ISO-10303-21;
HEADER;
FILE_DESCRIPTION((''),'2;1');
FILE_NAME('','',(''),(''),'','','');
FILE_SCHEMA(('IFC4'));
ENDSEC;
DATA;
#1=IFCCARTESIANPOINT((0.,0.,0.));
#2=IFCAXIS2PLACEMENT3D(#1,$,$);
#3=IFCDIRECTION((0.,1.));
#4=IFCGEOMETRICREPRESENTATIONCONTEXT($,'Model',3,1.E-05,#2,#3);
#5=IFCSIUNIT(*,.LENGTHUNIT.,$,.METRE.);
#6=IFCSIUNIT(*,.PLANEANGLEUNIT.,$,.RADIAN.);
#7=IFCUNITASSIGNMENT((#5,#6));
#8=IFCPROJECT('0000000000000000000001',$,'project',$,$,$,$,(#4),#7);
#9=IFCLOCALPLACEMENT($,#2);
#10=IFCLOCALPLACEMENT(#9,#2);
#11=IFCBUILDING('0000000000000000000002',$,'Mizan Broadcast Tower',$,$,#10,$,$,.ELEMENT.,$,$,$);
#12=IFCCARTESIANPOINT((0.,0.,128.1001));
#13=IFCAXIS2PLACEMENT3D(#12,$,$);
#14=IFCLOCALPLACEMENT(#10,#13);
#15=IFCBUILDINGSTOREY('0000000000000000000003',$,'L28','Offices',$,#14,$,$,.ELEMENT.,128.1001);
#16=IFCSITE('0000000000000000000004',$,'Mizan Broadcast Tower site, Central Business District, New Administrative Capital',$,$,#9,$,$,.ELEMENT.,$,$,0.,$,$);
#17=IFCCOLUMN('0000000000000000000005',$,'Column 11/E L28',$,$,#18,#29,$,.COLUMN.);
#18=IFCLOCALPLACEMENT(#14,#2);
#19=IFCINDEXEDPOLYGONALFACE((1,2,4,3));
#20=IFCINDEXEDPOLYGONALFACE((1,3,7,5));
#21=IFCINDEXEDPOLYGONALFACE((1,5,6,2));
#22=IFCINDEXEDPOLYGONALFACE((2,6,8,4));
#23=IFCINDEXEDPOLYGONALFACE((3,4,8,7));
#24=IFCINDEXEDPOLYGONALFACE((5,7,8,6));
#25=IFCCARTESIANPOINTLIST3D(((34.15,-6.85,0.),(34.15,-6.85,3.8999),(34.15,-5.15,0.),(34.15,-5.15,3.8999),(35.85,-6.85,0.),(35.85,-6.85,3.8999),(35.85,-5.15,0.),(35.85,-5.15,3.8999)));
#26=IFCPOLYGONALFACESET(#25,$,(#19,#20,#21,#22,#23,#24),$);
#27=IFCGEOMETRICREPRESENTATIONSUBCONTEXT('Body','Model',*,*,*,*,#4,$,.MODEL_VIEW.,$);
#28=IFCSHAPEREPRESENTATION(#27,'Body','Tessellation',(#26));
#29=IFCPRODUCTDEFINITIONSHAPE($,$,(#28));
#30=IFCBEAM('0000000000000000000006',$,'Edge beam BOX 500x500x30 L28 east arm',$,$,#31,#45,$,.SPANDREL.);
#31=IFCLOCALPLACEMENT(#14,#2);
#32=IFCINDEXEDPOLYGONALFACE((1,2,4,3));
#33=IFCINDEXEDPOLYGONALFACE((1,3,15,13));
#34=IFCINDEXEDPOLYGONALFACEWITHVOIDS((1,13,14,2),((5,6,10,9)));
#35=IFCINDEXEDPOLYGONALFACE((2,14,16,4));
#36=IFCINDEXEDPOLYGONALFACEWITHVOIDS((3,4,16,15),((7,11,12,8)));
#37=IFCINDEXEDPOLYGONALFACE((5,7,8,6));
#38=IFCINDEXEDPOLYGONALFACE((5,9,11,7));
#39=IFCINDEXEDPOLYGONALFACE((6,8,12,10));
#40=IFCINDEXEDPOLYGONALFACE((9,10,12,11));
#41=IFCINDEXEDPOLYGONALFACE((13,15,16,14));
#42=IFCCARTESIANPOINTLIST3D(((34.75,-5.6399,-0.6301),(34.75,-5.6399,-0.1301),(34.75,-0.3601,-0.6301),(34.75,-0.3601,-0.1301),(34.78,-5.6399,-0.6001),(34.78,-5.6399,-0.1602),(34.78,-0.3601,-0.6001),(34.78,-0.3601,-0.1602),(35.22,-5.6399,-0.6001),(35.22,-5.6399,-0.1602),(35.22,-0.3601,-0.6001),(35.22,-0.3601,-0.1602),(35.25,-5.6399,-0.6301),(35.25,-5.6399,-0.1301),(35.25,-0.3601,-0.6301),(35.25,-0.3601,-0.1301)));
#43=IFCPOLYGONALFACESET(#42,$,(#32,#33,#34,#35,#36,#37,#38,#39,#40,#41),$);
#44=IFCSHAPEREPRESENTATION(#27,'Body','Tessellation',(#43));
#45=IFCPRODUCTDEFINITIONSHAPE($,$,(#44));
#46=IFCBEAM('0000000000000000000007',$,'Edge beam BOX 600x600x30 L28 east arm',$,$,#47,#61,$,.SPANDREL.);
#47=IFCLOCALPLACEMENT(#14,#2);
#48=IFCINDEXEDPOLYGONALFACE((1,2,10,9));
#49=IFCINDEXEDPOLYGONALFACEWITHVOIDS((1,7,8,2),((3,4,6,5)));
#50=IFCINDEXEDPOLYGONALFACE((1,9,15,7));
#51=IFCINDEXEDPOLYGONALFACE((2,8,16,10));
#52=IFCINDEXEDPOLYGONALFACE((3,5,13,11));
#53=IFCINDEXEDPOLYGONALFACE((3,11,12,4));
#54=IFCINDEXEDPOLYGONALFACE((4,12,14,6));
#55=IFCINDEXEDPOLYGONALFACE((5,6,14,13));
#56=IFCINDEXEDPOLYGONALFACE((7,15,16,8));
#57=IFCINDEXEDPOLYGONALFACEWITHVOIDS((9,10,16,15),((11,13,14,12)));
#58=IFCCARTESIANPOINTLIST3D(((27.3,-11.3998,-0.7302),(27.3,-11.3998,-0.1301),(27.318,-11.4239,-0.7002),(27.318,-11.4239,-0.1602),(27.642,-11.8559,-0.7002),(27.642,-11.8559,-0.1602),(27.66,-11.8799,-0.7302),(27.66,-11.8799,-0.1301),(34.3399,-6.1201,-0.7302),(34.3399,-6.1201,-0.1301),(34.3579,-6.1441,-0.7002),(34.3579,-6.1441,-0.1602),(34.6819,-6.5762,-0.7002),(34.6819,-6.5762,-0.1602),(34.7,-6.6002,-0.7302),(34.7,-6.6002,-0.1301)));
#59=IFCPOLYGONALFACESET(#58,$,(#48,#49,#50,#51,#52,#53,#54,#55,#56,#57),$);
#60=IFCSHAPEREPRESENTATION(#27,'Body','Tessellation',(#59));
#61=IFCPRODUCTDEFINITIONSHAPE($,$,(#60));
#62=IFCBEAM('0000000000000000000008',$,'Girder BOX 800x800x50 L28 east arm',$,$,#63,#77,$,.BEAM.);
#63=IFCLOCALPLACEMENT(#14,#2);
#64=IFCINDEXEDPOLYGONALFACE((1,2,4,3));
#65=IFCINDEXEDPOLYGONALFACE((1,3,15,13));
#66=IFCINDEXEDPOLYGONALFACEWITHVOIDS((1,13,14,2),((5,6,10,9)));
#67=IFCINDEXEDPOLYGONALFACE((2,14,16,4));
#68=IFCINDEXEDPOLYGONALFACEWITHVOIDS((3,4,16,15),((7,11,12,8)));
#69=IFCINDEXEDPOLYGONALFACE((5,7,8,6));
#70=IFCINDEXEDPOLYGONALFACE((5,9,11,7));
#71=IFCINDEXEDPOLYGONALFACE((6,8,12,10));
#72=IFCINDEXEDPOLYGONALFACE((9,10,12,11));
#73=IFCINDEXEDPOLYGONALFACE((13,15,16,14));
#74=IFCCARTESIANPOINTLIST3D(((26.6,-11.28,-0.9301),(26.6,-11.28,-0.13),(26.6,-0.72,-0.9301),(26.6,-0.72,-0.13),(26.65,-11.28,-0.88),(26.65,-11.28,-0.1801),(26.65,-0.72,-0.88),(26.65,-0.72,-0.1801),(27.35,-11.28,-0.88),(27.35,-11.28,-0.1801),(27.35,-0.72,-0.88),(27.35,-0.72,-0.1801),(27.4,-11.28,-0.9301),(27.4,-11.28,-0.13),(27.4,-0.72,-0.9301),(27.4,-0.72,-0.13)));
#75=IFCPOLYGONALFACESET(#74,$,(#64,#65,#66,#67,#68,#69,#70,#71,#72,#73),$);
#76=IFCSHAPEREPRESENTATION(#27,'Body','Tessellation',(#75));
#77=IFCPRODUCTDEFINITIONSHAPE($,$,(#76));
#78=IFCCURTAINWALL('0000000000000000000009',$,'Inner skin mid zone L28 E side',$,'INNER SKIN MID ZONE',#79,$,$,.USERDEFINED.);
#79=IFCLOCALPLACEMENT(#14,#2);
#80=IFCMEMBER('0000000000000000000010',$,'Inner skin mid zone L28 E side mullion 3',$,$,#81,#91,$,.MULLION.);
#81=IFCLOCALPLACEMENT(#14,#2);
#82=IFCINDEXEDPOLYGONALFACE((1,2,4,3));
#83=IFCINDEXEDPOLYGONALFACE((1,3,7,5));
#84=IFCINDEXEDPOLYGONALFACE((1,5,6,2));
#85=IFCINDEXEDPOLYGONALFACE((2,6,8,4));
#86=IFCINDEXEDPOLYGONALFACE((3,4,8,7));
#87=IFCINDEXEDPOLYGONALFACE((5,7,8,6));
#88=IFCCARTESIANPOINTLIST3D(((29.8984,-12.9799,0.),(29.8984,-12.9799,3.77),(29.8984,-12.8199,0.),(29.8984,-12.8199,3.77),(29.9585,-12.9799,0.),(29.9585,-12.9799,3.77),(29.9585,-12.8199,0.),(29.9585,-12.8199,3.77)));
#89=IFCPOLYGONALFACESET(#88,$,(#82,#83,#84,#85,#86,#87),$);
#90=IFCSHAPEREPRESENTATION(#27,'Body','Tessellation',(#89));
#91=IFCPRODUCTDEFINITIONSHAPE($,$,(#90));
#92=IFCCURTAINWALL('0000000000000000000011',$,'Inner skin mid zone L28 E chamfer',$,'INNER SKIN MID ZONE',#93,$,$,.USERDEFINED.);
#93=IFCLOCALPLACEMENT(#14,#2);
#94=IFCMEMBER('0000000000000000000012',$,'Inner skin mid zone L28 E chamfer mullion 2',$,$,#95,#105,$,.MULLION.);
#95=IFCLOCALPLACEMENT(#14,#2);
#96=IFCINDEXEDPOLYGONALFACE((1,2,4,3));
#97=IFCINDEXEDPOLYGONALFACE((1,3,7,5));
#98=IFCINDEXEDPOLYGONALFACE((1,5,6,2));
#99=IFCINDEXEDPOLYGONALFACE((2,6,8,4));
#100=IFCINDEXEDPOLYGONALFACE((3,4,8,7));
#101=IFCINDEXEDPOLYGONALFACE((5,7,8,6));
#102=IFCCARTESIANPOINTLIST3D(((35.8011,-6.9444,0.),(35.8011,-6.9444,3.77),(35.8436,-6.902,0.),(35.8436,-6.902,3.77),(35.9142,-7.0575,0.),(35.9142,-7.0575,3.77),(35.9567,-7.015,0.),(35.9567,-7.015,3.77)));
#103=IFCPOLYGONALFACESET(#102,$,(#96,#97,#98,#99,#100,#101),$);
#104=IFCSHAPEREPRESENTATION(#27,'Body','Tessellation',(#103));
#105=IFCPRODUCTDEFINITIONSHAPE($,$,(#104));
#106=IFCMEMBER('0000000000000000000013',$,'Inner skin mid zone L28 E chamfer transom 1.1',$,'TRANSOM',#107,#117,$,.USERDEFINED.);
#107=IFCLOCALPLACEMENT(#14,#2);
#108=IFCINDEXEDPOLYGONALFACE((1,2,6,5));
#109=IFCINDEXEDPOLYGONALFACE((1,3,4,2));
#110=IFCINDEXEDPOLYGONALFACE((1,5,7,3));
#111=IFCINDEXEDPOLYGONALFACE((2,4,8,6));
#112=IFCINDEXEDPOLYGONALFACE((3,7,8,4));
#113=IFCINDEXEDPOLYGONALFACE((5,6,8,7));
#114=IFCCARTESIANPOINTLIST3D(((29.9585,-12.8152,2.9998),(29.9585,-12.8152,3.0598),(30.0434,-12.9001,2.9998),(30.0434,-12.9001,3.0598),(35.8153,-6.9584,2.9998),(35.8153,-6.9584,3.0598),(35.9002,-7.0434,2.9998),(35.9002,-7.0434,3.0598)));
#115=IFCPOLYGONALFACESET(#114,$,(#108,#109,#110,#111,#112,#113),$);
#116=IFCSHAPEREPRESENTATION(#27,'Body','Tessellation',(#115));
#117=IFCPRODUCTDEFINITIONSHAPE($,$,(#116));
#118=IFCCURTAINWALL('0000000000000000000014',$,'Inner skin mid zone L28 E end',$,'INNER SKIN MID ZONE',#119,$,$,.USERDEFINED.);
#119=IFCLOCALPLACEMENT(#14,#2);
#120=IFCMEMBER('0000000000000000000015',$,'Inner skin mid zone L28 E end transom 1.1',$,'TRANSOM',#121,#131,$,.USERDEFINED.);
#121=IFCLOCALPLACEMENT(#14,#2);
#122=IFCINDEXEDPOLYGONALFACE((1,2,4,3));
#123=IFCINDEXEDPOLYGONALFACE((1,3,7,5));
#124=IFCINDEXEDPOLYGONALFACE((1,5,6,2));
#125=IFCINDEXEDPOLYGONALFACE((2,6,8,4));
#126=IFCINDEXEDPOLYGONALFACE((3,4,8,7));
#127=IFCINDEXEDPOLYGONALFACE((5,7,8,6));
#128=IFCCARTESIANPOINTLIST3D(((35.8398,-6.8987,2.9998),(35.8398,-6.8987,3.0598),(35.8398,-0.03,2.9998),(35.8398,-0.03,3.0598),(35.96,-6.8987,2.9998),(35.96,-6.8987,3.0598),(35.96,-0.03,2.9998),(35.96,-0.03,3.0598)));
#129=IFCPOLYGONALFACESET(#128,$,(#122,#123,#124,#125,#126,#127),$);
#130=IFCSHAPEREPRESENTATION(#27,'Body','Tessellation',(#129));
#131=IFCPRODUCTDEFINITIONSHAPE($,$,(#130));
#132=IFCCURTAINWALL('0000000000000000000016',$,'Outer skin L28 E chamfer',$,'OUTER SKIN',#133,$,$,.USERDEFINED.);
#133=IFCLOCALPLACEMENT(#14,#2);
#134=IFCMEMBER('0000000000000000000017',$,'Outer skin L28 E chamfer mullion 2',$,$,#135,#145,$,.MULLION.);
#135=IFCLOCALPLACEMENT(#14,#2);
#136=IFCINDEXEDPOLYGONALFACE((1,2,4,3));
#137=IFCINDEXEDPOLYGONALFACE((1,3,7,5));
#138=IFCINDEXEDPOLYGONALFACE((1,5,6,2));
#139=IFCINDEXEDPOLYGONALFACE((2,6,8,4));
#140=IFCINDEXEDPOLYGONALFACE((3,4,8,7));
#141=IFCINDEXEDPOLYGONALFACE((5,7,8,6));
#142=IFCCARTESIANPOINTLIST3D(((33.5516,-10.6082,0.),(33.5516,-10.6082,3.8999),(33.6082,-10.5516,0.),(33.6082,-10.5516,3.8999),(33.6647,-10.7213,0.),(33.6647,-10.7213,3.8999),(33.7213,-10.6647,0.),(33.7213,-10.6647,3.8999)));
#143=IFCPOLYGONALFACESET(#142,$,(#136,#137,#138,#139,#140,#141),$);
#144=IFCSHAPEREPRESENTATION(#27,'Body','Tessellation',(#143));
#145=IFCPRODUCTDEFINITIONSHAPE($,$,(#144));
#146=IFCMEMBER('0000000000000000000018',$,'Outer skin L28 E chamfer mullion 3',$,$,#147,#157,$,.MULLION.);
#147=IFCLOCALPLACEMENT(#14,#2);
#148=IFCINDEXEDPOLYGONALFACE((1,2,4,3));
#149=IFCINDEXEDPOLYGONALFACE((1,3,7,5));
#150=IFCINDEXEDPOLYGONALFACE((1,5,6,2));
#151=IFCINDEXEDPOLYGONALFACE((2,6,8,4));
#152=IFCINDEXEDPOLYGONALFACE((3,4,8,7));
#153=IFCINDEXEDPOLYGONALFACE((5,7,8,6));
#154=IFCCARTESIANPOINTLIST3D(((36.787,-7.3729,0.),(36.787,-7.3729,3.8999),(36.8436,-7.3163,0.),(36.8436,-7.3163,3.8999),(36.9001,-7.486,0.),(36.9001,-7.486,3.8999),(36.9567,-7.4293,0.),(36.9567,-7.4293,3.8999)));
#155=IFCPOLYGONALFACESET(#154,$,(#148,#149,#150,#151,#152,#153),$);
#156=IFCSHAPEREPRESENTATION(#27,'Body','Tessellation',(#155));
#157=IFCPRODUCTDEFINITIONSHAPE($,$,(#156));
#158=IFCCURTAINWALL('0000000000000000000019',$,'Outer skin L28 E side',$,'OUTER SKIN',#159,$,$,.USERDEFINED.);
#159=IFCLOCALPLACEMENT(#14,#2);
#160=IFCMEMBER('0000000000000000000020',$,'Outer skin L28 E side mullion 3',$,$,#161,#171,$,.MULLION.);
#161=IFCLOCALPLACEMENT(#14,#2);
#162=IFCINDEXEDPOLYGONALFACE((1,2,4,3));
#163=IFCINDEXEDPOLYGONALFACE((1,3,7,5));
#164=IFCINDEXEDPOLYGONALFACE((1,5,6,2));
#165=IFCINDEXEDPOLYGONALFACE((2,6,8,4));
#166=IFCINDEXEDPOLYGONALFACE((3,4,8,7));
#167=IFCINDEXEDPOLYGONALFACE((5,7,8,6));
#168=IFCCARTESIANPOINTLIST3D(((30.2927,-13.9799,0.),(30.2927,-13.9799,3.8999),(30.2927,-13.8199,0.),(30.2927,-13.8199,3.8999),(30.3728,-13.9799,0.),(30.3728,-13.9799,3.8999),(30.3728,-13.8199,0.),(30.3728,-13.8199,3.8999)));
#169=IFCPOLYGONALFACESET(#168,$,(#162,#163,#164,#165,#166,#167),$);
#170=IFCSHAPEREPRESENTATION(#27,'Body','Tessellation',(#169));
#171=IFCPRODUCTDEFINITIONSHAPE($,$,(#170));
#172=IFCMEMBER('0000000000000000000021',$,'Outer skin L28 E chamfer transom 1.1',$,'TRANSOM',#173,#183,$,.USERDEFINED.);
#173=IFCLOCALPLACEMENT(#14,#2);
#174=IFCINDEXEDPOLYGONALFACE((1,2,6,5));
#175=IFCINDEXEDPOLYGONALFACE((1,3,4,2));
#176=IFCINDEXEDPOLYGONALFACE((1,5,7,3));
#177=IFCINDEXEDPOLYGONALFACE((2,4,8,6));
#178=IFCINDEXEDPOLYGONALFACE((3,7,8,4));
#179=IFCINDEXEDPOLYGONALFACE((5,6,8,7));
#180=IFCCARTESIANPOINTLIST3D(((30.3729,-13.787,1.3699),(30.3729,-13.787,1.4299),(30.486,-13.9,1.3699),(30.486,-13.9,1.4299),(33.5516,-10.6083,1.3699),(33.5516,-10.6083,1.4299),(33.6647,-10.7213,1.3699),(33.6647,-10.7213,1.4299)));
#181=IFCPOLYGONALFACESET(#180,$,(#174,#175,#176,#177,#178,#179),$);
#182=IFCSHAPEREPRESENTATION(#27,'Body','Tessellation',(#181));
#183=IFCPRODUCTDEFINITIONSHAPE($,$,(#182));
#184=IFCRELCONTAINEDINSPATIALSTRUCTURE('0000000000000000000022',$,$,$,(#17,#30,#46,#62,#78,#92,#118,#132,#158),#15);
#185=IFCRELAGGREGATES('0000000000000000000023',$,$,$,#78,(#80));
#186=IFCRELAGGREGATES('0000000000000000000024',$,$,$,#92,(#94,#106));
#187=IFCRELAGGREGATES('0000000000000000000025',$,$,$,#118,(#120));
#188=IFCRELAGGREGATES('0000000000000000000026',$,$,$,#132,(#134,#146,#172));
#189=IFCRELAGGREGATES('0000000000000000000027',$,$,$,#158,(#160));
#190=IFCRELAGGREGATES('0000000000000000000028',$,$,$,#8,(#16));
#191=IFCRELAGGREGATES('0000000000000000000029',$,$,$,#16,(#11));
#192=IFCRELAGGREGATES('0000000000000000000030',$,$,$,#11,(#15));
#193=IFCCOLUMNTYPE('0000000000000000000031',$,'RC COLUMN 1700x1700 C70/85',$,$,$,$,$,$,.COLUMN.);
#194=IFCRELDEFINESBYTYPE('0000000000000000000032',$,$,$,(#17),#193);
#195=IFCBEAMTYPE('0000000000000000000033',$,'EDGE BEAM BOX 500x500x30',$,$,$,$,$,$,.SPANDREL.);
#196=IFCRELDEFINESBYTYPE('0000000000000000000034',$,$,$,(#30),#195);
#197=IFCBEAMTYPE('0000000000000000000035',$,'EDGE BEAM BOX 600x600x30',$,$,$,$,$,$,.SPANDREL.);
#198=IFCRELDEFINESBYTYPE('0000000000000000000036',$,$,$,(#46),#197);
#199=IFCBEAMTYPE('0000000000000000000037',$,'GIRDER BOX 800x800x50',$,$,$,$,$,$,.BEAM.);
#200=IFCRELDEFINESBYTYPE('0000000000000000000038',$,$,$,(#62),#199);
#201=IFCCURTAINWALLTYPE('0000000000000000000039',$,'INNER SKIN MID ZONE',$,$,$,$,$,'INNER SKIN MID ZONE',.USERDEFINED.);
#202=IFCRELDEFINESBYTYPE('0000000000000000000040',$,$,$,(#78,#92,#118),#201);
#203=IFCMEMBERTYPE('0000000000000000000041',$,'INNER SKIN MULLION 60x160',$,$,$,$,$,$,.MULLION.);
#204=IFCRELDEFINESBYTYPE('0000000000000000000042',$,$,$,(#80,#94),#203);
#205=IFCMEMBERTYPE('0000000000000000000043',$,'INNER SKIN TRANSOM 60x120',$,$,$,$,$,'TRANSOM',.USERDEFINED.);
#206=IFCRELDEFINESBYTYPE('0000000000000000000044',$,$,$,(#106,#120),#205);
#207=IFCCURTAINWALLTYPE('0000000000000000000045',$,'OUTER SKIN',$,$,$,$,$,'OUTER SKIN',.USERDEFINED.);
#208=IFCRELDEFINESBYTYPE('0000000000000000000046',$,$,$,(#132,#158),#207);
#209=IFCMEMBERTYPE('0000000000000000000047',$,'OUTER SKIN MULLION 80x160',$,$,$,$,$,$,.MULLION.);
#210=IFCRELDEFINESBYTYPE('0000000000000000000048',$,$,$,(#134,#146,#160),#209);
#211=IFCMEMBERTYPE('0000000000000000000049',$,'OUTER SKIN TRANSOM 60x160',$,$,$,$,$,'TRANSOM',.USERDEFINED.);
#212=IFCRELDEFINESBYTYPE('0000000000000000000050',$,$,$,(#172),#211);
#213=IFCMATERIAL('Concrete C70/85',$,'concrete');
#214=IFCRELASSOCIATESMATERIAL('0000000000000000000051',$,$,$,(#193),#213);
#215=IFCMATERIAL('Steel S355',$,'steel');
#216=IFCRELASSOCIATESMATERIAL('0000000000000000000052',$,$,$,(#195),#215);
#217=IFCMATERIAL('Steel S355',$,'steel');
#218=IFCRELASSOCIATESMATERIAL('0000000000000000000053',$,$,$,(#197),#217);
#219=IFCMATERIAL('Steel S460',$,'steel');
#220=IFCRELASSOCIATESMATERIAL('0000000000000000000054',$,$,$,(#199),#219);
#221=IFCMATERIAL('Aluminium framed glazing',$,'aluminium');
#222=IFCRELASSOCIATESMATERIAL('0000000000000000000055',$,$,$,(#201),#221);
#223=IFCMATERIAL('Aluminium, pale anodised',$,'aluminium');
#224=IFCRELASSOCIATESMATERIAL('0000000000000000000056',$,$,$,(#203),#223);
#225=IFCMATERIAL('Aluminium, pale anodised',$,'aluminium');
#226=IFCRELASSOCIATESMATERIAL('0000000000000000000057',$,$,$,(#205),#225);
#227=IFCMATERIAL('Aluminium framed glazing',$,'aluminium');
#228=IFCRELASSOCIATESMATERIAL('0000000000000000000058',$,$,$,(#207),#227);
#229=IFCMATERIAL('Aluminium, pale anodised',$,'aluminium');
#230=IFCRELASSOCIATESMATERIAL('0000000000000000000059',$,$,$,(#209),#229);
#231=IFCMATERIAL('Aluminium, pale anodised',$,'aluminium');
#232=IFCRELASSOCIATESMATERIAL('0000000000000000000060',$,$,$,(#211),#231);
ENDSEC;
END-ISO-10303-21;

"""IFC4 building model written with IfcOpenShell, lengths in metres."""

from ifc_helpers import new_model, si_unit, direction, frame, origin, origin_2d, place, context, subcontext, project, spatial, rectangle, hollow_rectangle, extrude, material, material_profile, profile_set, type_object, element, aggregate, save


model = new_model("IFC4")

# Units and contexts
model_context = context("Model", 3, precision=1e-05, world=origin(), true_north=direction((0.0, 1.0)))
body_context = subcontext(model_context, "Body", "Model", "MODEL_VIEW")
ifc_project = project(units=[si_unit("LENGTHUNIT", "METRE"), si_unit("PLANEANGLEUNIT", "RADIAN")], contexts=[model_context])

# Site, building, storey
site_placement = place(None, origin())
site = spatial("IfcSite", under=ifc_project, at=site_placement, Name="Mizan Broadcast Tower site, Central Business District, New Administrative Capital", CompositionType="ELEMENT", RefElevation=0.0)
building_placement = place(site_placement, origin())
building = spatial("IfcBuilding", under=site, at=building_placement, Name="Mizan Broadcast Tower", CompositionType="ELEMENT")
storey_placement = place(building_placement, frame((0.0, 0.0, 128.1001)))
storey = spatial("IfcBuildingStorey", under=building, at=storey_placement, Name="L28", Description="Offices", CompositionType="ELEMENT", Elevation=128.1001)

# Column
ifc_material_1 = material(Name="Concrete C70/85", Category="concrete")
ifc_material_profile_1 = material_profile(ifc_material_1, rectangle(XDim=1.7, YDim=1.7, at=origin_2d()), Name="RC 1700x1700")
ifc_profile_set_1 = profile_set([ifc_material_profile_1], Name="Concrete C70/85")
column_type = type_object("IfcColumnType", Name="RC COLUMN 1700x1700 C70/85", PredefinedType="COLUMN", material=ifc_profile_set_1)
column_placement = place(storey_placement, frame((35.0, -6.0, 0.0), z_axis=(0.0, 0.0, 1.0), x_axis=(1.0, 0.0, 0.0)))
element("IfcColumn", 1, at=column_placement, inside=storey, type_object=column_type, Name="Column 11/E L28", PredefinedType="COLUMN", context=body_context, shape_type="SweptSolid", body=[
    extrude(rectangle(XDim=1.7, YDim=1.7, at=origin_2d()), origin(), (0.0, 0.0, 1.0), 3.8999),
])

# Beams
ifc_material_2 = material(Name="Steel S355", Category="steel")
ifc_material_profile_2 = material_profile(ifc_material_2, hollow_rectangle(XDim=0.5, YDim=0.5, WallThickness=0.03, at=origin_2d()), Name="BOX 500x500x30")
ifc_profile_set_2 = profile_set([ifc_material_profile_2], Name="Steel S355")
beam_type_1 = type_object("IfcBeamType", Name="EDGE BEAM BOX 500x500x30", PredefinedType="SPANDREL", material=ifc_profile_set_2)
beam_1_placement = place(storey_placement, frame((35.0, -5.6399, -0.3801), z_axis=(0.0, 1.0, 0.0), x_axis=(-1.0, 0.0, 0.0)))
element("IfcBeam", 2, at=beam_1_placement, inside=storey, type_object=beam_type_1, Name="Edge beam BOX 500x500x30 L28 east arm", PredefinedType="SPANDREL", context=body_context, shape_type="SweptSolid", body=[
    extrude(hollow_rectangle(XDim=0.5, YDim=0.5, WallThickness=0.03, at=origin_2d()), origin(), (0.0, 0.0, 1.0), 5.2798),
])
ifc_material_3 = material(Name="Steel S355", Category="steel")
ifc_material_profile_3 = material_profile(ifc_material_3, hollow_rectangle(XDim=0.6001, YDim=0.6001, WallThickness=0.03, at=origin_2d()), Name="BOX 600x600x30")
ifc_profile_set_3 = profile_set([ifc_material_profile_3], Name="Steel S355")
beam_type_2 = type_object("IfcBeamType", Name="EDGE BEAM BOX 600x600x30", PredefinedType="SPANDREL", material=ifc_profile_set_3)
beam_2_placement = place(storey_placement, frame((27.48, -11.6399, -0.4302), z_axis=(0.800013, 0.599982, 0.0), x_axis=(-0.599982, 0.800013, 0.0)))
element("IfcBeam", 3, at=beam_2_placement, inside=storey, type_object=beam_type_2, Name="Edge beam BOX 600x600x30 L28 east arm", PredefinedType="SPANDREL", context=body_context, shape_type="SweptSolid", body=[
    extrude(hollow_rectangle(XDim=0.6001, YDim=0.6001, WallThickness=0.03, at=origin_2d()), origin(), (0.0, 0.0, 1.0), 8.7998),
])
ifc_material_4 = material(Name="Steel S460", Category="steel")
ifc_material_profile_4 = material_profile(ifc_material_4, hollow_rectangle(XDim=0.8, YDim=0.8, WallThickness=0.05, at=origin_2d()), Name="BOX 800x800x50")
ifc_profile_set_4 = profile_set([ifc_material_profile_4], Name="Steel S460")
beam_type_3 = type_object("IfcBeamType", Name="GIRDER BOX 800x800x50", PredefinedType="BEAM", material=ifc_profile_set_4)
beam_3_placement = place(storey_placement, frame((27.0, -11.28, -0.53), z_axis=(0.0, 1.0, 0.0), x_axis=(-1.0, 0.0, 0.0)))
element("IfcBeam", 4, at=beam_3_placement, inside=storey, type_object=beam_type_3, Name="Girder BOX 800x800x50 L28 east arm", PredefinedType="BEAM", context=body_context, shape_type="SweptSolid", body=[
    extrude(hollow_rectangle(XDim=0.8, YDim=0.8, WallThickness=0.05, at=origin_2d()), origin(), (0.0, 0.0, 1.0), 10.5601),
])

# Curtain wall, member
ifc_material_5 = material(Name="Aluminium framed glazing", Category="aluminium")
curtain_wall_type_1 = type_object("IfcCurtainWallType", Name="INNER SKIN MID ZONE", ElementType="INNER SKIN MID ZONE", PredefinedType="USERDEFINED", material=ifc_material_5)
curtain_wall_1_placement = place(storey_placement, origin())
curtain_wall_1 = element("IfcCurtainWall", 5, at=curtain_wall_1_placement, inside=storey, type_object=curtain_wall_type_1, Name="Inner skin mid zone L28 E side", ObjectType="INNER SKIN MID ZONE", PredefinedType="USERDEFINED")
ifc_material_6 = material(Name="Aluminium, pale anodised", Category="aluminium")
ifc_material_profile_5 = material_profile(ifc_material_6, rectangle(XDim=0.1599, YDim=0.0601, at=origin_2d()), Name="MULLION 160x60")
ifc_profile_set_5 = profile_set([ifc_material_profile_5], Name="Aluminium, pale anodised")
member_type_1 = type_object("IfcMemberType", Name="INNER SKIN MULLION 60x160", PredefinedType="MULLION", material=ifc_profile_set_5)
member_1_placement = place(storey_placement, frame((29.9285, -12.8999, 0.0), z_axis=(0.0, 0.0, 1.0), x_axis=(0.0, 1.0, 0.0)))
member_1 = element("IfcMember", 6, at=member_1_placement, type_object=member_type_1, Name="Inner skin mid zone L28 E side mullion 3", PredefinedType="MULLION", context=body_context, shape_type="SweptSolid", body=[
    extrude(rectangle(XDim=0.1599, YDim=0.0601, at=origin_2d()), origin(), (0.0, 0.0, 1.0), 3.77),
])

# Curtain wall, members
curtain_wall_2_placement = place(storey_placement, origin())
curtain_wall_2 = element("IfcCurtainWall", 7, at=curtain_wall_2_placement, inside=storey, type_object=curtain_wall_type_1, Name="Inner skin mid zone L28 E chamfer", ObjectType="INNER SKIN MID ZONE", PredefinedType="USERDEFINED")
member_2_placement = place(storey_placement, frame((35.8789, -6.9797, 0.0), z_axis=(0.0, 0.0, 1.0), x_axis=(-0.707107, 0.707107, 0.0)))
member_2 = element("IfcMember", 8, at=member_2_placement, type_object=member_type_1, Name="Inner skin mid zone L28 E chamfer mullion 2", PredefinedType="MULLION", context=body_context, shape_type="SweptSolid", body=[
    extrude(rectangle(XDim=0.1599, YDim=0.0601, at=origin_2d()), origin(), (0.0, 0.0, 1.0), 3.77),
])
ifc_material_7 = material(Name="Aluminium, pale anodised", Category="aluminium")
ifc_material_profile_6 = material_profile(ifc_material_7, rectangle(XDim=0.1201, YDim=0.0601, at=origin_2d()), Name="TRANSOM 120x60")
ifc_profile_set_6 = profile_set([ifc_material_profile_6], Name="Aluminium, pale anodised")
member_type_2 = type_object("IfcMemberType", Name="INNER SKIN TRANSOM 60x120", ElementType="TRANSOM", PredefinedType="USERDEFINED", material=ifc_profile_set_6)
member_3_placement = place(storey_placement, frame((30.001, -12.8577, 3.0298), z_axis=(0.707107, 0.707107, 0.0), x_axis=(-0.707107, 0.707107, 0.0)))
member_3 = element("IfcMember", 9, at=member_3_placement, type_object=member_type_2, Name="Inner skin mid zone L28 E chamfer transom 1.1", ObjectType="TRANSOM", PredefinedType="USERDEFINED", context=body_context, shape_type="SweptSolid", body=[
    extrude(rectangle(XDim=0.1201, YDim=0.0601, at=origin_2d()), origin(), (0.0, 0.0, 1.0), 8.2827),
])

# Curtain wall, member
curtain_wall_3_placement = place(storey_placement, origin())
curtain_wall_3 = element("IfcCurtainWall", 10, at=curtain_wall_3_placement, inside=storey, type_object=curtain_wall_type_1, Name="Inner skin mid zone L28 E end", ObjectType="INNER SKIN MID ZONE", PredefinedType="USERDEFINED")
member_4_placement = place(storey_placement, frame((35.8999, -6.8987, 3.0298), z_axis=(0.0, 1.0, 0.0), x_axis=(-1.0, 0.0, 0.0)))
member_4 = element("IfcMember", 11, at=member_4_placement, type_object=member_type_2, Name="Inner skin mid zone L28 E end transom 1.1", ObjectType="TRANSOM", PredefinedType="USERDEFINED", context=body_context, shape_type="SweptSolid", body=[
    extrude(rectangle(XDim=0.1201, YDim=0.0601, at=origin_2d()), origin(), (0.0, 0.0, 1.0), 6.8687),
])

# Curtain wall, members
ifc_material_8 = material(Name="Aluminium framed glazing", Category="aluminium")
curtain_wall_type_2 = type_object("IfcCurtainWallType", Name="OUTER SKIN", ElementType="OUTER SKIN", PredefinedType="USERDEFINED", material=ifc_material_8)
curtain_wall_4_placement = place(storey_placement, origin())
curtain_wall_4 = element("IfcCurtainWall", 12, at=curtain_wall_4_placement, inside=storey, type_object=curtain_wall_type_2, Name="Outer skin L28 E chamfer", ObjectType="OUTER SKIN", PredefinedType="USERDEFINED")
ifc_material_9 = material(Name="Aluminium, pale anodised", Category="aluminium")
ifc_material_profile_7 = material_profile(ifc_material_9, rectangle(XDim=0.1599, YDim=0.0801, at=origin_2d()), Name="MULLION 160x80")
ifc_profile_set_7 = profile_set([ifc_material_profile_7], Name="Aluminium, pale anodised")
member_type_3 = type_object("IfcMemberType", Name="OUTER SKIN MULLION 80x160", PredefinedType="MULLION", material=ifc_profile_set_7)
member_5_placement = place(storey_placement, frame((33.6365, -10.6365, 0.0), z_axis=(0.0, 0.0, 1.0), x_axis=(-0.707107, 0.707107, 0.0)))
member_5 = element("IfcMember", 13, at=member_5_placement, type_object=member_type_3, Name="Outer skin L28 E chamfer mullion 2", PredefinedType="MULLION", context=body_context, shape_type="SweptSolid", body=[
    extrude(rectangle(XDim=0.1599, YDim=0.0801, at=origin_2d()), origin(), (0.0, 0.0, 1.0), 3.8999),
])
member_6_placement = place(storey_placement, frame((36.8718, -7.4011, 0.0), z_axis=(0.0, 0.0, 1.0), x_axis=(-0.707107, 0.707107, 0.0)))
member_6 = element("IfcMember", 14, at=member_6_placement, type_object=member_type_3, Name="Outer skin L28 E chamfer mullion 3", PredefinedType="MULLION", context=body_context, shape_type="SweptSolid", body=[
    extrude(rectangle(XDim=0.1599, YDim=0.0801, at=origin_2d()), origin(), (0.0, 0.0, 1.0), 3.8999),
])

# Curtain wall, member
curtain_wall_5_placement = place(storey_placement, origin())
curtain_wall_5 = element("IfcCurtainWall", 15, at=curtain_wall_5_placement, inside=storey, type_object=curtain_wall_type_2, Name="Outer skin L28 E side", ObjectType="OUTER SKIN", PredefinedType="USERDEFINED")
member_7_placement = place(storey_placement, frame((30.3328, -13.8999, 0.0), z_axis=(0.0, 0.0, 1.0), x_axis=(0.0, 1.0, 0.0)))
member_7 = element("IfcMember", 16, at=member_7_placement, type_object=member_type_3, Name="Outer skin L28 E side mullion 3", PredefinedType="MULLION", context=body_context, shape_type="SweptSolid", body=[
    extrude(rectangle(XDim=0.1599, YDim=0.0801, at=origin_2d()), origin(), (0.0, 0.0, 1.0), 3.8999),
])

# Member
ifc_material_10 = material(Name="Aluminium, pale anodised", Category="aluminium")
ifc_material_profile_8 = material_profile(ifc_material_10, rectangle(XDim=0.1599, YDim=0.0601, at=origin_2d()), Name="TRANSOM 160x60")
ifc_profile_set_8 = profile_set([ifc_material_profile_8], Name="Aluminium, pale anodised")
member_type_4 = type_object("IfcMemberType", Name="OUTER SKIN TRANSOM 60x160", ElementType="TRANSOM", PredefinedType="USERDEFINED", material=ifc_profile_set_8)
member_8_placement = place(storey_placement, frame((30.4294, -13.8435, 1.3999), z_axis=(0.707107, 0.707107, 0.0), x_axis=(-0.707107, 0.707107, 0.0)))
member_8 = element("IfcMember", 17, at=member_8_placement, type_object=member_type_4, Name="Outer skin L28 E chamfer transom 1.1", ObjectType="TRANSOM", PredefinedType="USERDEFINED", context=body_context, shape_type="SweptSolid", body=[
    extrude(rectangle(XDim=0.1599, YDim=0.0601, at=origin_2d()), origin(), (0.0, 0.0, 1.0), 4.4954),
])

aggregate(curtain_wall_1, [member_1])
aggregate(curtain_wall_2, [member_2, member_3])
aggregate(curtain_wall_3, [member_4])
aggregate(curtain_wall_4, [member_5, member_6, member_8])
aggregate(curtain_wall_5, [member_7])

save(model, "model.ifc")
